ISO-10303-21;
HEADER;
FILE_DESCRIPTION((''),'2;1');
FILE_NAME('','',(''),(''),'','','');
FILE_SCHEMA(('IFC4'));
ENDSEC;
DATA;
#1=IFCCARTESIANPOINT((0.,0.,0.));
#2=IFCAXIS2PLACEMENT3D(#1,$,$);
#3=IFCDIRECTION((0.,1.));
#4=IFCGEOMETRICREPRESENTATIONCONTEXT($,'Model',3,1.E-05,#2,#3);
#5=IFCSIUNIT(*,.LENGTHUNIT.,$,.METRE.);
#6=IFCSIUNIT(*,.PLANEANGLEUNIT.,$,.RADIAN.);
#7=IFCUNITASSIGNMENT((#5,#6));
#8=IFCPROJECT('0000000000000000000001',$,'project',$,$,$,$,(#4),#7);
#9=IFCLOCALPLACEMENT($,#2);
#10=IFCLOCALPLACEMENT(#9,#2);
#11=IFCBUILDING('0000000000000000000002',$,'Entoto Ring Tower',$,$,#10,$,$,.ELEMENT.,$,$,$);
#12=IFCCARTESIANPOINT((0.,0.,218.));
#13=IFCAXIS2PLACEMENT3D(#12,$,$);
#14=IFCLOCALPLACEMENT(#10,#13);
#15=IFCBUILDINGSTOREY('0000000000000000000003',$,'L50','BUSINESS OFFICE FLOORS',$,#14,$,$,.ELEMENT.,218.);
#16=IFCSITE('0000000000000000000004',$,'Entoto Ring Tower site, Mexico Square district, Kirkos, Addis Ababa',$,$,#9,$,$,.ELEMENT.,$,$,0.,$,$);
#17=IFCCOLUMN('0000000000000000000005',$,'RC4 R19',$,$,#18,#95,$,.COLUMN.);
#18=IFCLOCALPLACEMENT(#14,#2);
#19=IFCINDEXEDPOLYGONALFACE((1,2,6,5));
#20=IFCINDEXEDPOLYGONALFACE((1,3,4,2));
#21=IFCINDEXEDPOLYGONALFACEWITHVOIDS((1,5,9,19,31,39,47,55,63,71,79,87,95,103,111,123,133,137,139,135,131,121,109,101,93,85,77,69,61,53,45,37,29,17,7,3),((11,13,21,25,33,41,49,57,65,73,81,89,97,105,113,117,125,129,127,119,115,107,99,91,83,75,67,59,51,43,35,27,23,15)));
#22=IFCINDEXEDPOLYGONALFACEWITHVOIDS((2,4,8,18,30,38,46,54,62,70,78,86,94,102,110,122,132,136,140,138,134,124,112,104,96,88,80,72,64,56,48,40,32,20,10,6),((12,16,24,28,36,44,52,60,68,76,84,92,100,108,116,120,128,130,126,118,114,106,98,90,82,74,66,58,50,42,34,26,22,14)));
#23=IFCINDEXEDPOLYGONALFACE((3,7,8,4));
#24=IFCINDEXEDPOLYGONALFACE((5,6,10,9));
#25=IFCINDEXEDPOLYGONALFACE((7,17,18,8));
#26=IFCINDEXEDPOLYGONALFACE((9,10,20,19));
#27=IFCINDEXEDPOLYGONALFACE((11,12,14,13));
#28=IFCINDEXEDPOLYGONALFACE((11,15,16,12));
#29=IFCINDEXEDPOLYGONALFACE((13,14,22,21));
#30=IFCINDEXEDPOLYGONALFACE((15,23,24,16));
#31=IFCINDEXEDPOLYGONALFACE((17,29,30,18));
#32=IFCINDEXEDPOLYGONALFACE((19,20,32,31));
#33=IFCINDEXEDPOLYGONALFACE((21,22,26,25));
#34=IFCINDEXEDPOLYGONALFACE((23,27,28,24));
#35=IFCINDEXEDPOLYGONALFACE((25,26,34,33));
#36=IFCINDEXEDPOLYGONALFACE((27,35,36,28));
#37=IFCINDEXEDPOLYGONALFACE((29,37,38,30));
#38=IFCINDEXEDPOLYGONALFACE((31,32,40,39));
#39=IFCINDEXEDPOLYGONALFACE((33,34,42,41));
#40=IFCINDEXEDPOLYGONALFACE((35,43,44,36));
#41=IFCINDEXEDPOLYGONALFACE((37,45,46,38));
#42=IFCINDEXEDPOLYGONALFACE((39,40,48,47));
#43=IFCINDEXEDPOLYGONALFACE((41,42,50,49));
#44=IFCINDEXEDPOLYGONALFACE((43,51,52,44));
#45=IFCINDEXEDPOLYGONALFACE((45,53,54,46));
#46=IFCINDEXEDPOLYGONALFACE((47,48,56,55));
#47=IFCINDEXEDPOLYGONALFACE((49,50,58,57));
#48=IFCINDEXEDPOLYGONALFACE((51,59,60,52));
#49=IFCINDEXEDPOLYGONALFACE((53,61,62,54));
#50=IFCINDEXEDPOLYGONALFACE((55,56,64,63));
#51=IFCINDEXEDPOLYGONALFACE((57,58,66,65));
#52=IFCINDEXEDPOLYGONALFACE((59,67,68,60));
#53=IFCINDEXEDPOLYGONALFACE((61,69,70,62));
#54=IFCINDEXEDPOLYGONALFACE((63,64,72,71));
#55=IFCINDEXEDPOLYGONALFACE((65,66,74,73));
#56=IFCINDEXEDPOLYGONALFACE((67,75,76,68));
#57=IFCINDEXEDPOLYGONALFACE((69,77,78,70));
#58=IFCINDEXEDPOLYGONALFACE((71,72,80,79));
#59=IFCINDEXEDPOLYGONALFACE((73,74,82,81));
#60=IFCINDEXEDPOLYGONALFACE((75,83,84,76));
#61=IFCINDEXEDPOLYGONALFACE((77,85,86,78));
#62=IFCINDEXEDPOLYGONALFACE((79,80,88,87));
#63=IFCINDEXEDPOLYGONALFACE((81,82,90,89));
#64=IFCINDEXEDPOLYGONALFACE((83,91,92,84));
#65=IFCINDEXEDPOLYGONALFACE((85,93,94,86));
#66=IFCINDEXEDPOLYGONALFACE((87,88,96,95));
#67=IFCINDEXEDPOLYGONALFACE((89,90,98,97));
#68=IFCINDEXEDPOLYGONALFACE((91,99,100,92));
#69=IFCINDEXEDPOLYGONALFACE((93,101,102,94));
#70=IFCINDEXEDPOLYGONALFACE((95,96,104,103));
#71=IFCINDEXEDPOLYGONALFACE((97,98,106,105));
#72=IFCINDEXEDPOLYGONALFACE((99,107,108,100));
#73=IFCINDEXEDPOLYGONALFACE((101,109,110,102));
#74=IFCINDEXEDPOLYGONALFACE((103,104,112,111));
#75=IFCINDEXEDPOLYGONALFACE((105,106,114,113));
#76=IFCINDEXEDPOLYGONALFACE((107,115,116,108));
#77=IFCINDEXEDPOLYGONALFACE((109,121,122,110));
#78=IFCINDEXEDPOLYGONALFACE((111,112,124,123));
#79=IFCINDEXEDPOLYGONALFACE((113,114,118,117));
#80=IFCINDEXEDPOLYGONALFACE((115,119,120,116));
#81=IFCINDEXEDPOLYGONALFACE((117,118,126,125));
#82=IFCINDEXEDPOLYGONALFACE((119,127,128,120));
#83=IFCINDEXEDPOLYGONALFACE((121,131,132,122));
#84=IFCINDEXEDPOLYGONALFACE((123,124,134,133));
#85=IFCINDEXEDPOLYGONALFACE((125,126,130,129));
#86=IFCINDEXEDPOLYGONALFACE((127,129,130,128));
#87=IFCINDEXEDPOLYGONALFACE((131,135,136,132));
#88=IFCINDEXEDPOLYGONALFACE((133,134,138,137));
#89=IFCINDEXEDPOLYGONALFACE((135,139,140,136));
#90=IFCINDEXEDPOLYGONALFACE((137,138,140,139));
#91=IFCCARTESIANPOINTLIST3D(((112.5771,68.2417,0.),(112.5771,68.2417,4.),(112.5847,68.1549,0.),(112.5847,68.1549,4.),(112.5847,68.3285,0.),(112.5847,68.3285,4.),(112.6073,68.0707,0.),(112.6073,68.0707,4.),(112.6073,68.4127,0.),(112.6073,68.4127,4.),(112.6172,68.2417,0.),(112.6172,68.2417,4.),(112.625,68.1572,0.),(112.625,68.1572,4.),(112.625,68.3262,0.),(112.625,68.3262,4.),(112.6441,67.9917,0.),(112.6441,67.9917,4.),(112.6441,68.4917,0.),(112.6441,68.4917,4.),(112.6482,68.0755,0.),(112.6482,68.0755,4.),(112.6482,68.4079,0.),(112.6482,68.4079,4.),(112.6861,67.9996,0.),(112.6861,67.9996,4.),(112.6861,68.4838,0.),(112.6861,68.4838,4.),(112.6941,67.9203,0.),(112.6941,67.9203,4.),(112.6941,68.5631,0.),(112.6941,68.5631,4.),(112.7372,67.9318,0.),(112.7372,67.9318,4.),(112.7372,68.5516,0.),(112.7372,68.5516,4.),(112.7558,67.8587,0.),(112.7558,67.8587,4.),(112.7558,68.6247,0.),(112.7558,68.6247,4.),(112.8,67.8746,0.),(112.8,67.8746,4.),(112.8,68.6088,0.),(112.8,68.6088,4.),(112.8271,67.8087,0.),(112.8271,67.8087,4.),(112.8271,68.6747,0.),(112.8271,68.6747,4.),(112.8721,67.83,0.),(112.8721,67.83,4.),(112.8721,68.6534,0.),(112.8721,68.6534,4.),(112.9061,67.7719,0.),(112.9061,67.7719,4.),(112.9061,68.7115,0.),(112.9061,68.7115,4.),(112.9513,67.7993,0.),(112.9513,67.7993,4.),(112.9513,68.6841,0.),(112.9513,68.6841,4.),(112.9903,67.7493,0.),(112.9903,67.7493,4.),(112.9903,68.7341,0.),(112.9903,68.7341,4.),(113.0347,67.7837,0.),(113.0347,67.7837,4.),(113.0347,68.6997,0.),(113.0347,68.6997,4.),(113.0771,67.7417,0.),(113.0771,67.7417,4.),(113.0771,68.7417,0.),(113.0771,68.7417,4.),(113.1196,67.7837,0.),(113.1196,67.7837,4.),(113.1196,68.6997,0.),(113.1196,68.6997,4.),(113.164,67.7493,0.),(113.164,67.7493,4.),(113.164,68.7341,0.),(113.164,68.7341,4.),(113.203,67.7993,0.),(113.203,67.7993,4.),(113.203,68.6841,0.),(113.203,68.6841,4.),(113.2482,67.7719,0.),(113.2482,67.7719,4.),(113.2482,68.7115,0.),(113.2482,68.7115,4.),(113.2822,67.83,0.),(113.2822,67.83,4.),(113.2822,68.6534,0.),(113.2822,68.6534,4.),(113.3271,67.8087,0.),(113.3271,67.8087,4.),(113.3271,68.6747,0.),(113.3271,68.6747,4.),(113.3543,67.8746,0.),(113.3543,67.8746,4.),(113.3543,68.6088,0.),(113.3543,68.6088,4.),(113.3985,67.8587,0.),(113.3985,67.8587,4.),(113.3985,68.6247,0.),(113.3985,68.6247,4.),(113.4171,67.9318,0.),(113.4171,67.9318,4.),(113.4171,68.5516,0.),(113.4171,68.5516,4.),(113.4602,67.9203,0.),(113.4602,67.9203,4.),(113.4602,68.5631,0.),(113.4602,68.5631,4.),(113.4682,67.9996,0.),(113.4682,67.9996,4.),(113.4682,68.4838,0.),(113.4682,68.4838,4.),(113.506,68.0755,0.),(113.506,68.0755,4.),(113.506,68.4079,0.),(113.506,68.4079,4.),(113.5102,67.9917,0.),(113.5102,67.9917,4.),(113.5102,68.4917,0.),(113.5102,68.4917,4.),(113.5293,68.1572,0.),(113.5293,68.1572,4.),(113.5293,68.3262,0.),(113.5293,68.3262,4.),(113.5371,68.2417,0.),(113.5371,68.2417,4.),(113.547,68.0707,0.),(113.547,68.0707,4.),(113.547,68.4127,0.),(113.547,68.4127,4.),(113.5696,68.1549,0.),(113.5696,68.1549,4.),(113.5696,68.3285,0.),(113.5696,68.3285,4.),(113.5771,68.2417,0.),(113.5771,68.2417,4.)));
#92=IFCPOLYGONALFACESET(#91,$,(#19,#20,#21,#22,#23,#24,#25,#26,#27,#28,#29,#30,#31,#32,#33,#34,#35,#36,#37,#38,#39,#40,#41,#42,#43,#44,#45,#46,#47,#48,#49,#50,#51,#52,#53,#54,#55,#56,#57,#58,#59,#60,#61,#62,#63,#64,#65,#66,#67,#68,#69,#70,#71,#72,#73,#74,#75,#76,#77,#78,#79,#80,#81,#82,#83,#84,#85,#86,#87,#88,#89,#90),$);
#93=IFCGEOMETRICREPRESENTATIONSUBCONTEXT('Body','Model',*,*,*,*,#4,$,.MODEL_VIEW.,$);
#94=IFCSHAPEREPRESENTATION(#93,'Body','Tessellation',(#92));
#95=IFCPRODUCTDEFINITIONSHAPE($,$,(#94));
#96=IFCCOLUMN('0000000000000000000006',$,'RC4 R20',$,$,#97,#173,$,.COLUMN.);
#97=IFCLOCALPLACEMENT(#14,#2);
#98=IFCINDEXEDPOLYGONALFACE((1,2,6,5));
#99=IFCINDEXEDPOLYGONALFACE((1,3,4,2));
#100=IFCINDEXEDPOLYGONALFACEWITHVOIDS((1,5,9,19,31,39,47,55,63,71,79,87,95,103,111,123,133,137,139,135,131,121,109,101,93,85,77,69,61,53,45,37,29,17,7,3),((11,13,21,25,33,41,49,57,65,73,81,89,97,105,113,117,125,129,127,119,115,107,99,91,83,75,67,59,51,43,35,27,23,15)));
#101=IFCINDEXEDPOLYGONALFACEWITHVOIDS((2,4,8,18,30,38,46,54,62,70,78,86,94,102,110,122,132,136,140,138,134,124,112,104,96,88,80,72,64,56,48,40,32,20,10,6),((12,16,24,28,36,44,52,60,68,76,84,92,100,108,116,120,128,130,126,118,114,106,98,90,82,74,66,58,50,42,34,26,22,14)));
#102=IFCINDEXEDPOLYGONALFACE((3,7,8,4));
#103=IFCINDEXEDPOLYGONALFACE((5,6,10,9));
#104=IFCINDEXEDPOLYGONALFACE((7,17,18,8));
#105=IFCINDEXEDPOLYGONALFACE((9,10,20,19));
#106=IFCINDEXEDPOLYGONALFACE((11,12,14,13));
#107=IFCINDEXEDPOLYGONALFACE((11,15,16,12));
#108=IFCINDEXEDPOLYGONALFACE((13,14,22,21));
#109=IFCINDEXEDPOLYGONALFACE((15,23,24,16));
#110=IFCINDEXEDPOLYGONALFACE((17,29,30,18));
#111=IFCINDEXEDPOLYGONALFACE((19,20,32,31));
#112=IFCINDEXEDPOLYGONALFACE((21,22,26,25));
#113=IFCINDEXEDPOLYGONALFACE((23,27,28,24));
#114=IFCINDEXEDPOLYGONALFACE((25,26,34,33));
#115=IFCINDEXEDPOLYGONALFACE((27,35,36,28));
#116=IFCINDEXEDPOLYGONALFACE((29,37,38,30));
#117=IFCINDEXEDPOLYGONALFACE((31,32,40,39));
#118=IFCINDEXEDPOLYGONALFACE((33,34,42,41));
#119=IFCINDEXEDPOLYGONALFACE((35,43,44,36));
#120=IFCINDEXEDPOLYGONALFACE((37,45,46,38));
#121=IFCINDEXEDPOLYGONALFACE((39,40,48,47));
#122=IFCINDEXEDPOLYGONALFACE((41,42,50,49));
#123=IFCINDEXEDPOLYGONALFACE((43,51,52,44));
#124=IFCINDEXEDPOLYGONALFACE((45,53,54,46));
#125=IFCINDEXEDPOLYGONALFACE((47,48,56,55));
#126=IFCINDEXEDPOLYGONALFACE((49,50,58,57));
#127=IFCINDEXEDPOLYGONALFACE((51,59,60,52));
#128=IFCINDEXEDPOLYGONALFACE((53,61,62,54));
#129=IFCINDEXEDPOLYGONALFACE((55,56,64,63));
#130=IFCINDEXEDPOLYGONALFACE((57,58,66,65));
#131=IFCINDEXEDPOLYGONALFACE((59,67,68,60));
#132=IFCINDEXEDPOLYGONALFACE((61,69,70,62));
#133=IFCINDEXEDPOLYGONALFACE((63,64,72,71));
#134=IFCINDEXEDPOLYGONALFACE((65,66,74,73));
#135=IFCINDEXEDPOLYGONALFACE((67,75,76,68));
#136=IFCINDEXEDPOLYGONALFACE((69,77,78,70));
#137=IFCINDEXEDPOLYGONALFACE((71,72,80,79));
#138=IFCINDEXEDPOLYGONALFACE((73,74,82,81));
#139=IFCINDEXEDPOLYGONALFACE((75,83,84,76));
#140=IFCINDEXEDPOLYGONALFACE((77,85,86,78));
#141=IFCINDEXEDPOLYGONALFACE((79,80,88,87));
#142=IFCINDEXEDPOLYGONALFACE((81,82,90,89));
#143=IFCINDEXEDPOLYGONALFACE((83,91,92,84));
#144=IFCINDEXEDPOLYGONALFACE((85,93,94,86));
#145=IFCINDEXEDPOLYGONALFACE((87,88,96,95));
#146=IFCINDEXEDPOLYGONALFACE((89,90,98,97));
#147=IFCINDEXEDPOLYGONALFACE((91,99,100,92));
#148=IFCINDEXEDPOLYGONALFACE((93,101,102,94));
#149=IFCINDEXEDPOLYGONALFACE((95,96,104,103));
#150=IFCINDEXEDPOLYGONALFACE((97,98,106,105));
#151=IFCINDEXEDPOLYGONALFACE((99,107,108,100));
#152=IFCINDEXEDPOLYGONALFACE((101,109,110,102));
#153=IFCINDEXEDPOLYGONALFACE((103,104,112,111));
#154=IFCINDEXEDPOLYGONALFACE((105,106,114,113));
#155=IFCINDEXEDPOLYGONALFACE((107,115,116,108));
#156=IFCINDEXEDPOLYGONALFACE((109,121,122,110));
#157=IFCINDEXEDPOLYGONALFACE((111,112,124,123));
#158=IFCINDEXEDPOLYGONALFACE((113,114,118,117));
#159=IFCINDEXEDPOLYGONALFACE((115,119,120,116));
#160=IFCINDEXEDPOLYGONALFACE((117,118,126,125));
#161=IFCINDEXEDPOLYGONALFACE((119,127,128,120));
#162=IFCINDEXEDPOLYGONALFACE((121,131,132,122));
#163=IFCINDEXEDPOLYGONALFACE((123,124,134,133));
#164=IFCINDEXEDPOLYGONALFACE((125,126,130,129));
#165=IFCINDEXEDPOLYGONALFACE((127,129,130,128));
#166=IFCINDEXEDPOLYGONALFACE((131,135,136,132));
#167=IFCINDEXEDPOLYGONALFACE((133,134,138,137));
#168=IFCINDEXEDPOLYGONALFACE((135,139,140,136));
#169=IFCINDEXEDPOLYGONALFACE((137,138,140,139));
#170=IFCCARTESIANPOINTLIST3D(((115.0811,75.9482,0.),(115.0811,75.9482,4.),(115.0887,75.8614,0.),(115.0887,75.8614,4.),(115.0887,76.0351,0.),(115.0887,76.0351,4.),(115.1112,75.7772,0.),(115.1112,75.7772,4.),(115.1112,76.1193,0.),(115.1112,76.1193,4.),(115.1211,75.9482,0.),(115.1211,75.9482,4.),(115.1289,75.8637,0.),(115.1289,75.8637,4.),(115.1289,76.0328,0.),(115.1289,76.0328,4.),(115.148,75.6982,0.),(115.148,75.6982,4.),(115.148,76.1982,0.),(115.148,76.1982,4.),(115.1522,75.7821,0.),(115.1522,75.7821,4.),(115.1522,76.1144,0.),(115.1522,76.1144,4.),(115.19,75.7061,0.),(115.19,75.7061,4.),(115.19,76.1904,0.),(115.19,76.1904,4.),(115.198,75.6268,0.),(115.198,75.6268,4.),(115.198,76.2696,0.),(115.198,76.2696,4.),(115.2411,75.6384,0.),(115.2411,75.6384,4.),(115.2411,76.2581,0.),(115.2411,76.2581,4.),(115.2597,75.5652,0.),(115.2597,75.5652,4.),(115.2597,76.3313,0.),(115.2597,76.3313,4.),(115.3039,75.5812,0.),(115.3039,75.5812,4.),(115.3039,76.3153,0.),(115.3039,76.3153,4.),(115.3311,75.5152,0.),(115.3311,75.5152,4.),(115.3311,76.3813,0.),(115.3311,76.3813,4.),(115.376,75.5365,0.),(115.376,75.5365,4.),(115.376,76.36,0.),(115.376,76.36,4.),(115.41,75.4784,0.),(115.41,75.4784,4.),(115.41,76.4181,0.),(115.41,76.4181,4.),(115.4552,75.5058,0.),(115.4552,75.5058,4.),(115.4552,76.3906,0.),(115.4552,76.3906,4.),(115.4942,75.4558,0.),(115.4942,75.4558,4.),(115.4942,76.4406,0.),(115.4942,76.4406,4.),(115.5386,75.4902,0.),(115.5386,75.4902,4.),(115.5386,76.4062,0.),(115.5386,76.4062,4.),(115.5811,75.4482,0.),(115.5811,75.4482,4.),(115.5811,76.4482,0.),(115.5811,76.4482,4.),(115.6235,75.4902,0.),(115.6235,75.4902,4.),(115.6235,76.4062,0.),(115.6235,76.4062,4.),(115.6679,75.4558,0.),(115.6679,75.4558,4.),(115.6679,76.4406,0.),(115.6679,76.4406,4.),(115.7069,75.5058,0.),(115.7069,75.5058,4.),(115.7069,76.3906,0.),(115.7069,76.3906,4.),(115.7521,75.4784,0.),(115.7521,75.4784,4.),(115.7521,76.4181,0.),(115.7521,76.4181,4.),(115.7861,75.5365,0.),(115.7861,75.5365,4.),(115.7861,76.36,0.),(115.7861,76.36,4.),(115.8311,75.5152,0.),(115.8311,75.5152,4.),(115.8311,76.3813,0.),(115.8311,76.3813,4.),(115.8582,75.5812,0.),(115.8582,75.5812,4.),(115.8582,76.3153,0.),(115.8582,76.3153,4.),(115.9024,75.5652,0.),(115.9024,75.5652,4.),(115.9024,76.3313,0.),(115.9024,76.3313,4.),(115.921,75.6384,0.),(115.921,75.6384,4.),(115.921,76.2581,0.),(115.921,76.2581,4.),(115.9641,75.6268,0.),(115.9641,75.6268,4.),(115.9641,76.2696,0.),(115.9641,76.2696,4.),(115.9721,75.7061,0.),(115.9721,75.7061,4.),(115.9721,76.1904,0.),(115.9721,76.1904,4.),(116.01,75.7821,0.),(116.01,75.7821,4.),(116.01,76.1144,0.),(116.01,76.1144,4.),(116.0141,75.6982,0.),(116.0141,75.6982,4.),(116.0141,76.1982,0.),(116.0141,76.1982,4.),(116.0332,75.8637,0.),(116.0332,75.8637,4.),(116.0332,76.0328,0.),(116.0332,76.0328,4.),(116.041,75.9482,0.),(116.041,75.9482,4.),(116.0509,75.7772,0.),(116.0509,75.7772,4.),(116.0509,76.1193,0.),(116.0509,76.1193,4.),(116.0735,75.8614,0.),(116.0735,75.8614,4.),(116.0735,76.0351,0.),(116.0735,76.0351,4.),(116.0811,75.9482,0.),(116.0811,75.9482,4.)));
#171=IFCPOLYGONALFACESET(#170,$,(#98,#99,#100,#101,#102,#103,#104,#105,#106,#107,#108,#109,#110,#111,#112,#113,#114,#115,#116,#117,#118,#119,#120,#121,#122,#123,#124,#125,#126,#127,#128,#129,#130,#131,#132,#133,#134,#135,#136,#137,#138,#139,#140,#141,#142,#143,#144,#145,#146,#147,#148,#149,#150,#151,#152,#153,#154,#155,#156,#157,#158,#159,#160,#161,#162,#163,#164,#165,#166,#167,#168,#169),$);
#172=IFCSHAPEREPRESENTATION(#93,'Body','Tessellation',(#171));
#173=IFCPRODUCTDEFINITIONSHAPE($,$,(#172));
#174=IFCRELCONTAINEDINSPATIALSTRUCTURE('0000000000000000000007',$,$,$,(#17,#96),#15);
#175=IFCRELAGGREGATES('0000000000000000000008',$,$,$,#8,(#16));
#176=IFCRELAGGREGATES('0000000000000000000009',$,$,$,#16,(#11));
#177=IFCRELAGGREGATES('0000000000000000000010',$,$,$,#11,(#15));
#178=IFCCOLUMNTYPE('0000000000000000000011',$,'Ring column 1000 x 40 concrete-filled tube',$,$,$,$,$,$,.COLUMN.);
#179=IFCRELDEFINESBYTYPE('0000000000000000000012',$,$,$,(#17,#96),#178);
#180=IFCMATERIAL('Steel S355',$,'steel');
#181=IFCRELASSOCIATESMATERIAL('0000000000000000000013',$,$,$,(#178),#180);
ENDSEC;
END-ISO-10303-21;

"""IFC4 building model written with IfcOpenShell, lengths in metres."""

from ifc_helpers import new_model, si_unit, direction, frame, origin, origin_2d, place, context, subcontext, project, spatial, circle, hollow_circle, extrude, material, material_profile, profile_set, type_object, element, save


model = new_model("IFC4")

# Units and contexts
model_context = context("Model", 3, precision=1e-05, world=origin(), true_north=direction((0.0, 1.0)))
body_context = subcontext(model_context, "Body", "Model", "MODEL_VIEW")
ifc_project = project(units=[si_unit("LENGTHUNIT", "METRE"), si_unit("PLANEANGLEUNIT", "RADIAN")], contexts=[model_context])

# Site, building, storey
site_placement = place(None, origin())
site = spatial("IfcSite", under=ifc_project, at=site_placement, Name="Entoto Ring Tower site, Mexico Square district, Kirkos, Addis Ababa", CompositionType="ELEMENT", RefElevation=0.0)
building_placement = place(site_placement, origin())
building = spatial("IfcBuilding", under=site, at=building_placement, Name="Entoto Ring Tower", CompositionType="ELEMENT")
storey_placement = place(building_placement, frame((0.0, 0.0, 218.0)))
storey = spatial("IfcBuildingStorey", under=building, at=storey_placement, Name="L50", Description="BUSINESS OFFICE FLOORS", CompositionType="ELEMENT", Elevation=218.0)

# Columns
ifc_material_1 = material(Name="Steel S355", Category="steel")
ifc_material_profile_1 = material_profile(ifc_material_1, hollow_circle(Radius=0.5, WallThickness=0.04, at=origin_2d()), Name="CHS 1000 x 40")
ifc_material_2 = material(Name="Concrete C60/75", Category="concrete")
ifc_material_profile_2 = material_profile(ifc_material_2, circle(Radius=0.46, at=origin_2d()), Name="Concrete C60/75 infill")
ifc_profile_set_1 = profile_set([ifc_material_profile_1, ifc_material_profile_2], Name="Steel S355")
column_type = type_object("IfcColumnType", Name="Ring column 1000 x 40 concrete-filled tube", PredefinedType="COLUMN", material=ifc_profile_set_1)
for number, where, z_axis, x_axis, name in (
    (1, (113.0771, 68.2417, 0.0), (0.0, 0.0, 1.0), (1.0, 0.0, 0.0), "RC4 R19"),
    (2, (115.5811, 75.9482, 0.0), (0.0, 0.0, 1.0), (1.0, 0.0, 0.0), "RC4 R20"),
):
    element("IfcColumn", number, at=place(storey_placement, frame(where, z_axis=z_axis, x_axis=x_axis)), inside=storey, type_object=column_type, Name=name, PredefinedType="COLUMN", context=body_context, shape_type="SweptSolid", body=[
        extrude(hollow_circle(Radius=0.5, WallThickness=0.04, at=origin_2d()), origin(), (0.0, 0.0, 1.0), 4.0),
    ])

save(model, "model.ifc")
